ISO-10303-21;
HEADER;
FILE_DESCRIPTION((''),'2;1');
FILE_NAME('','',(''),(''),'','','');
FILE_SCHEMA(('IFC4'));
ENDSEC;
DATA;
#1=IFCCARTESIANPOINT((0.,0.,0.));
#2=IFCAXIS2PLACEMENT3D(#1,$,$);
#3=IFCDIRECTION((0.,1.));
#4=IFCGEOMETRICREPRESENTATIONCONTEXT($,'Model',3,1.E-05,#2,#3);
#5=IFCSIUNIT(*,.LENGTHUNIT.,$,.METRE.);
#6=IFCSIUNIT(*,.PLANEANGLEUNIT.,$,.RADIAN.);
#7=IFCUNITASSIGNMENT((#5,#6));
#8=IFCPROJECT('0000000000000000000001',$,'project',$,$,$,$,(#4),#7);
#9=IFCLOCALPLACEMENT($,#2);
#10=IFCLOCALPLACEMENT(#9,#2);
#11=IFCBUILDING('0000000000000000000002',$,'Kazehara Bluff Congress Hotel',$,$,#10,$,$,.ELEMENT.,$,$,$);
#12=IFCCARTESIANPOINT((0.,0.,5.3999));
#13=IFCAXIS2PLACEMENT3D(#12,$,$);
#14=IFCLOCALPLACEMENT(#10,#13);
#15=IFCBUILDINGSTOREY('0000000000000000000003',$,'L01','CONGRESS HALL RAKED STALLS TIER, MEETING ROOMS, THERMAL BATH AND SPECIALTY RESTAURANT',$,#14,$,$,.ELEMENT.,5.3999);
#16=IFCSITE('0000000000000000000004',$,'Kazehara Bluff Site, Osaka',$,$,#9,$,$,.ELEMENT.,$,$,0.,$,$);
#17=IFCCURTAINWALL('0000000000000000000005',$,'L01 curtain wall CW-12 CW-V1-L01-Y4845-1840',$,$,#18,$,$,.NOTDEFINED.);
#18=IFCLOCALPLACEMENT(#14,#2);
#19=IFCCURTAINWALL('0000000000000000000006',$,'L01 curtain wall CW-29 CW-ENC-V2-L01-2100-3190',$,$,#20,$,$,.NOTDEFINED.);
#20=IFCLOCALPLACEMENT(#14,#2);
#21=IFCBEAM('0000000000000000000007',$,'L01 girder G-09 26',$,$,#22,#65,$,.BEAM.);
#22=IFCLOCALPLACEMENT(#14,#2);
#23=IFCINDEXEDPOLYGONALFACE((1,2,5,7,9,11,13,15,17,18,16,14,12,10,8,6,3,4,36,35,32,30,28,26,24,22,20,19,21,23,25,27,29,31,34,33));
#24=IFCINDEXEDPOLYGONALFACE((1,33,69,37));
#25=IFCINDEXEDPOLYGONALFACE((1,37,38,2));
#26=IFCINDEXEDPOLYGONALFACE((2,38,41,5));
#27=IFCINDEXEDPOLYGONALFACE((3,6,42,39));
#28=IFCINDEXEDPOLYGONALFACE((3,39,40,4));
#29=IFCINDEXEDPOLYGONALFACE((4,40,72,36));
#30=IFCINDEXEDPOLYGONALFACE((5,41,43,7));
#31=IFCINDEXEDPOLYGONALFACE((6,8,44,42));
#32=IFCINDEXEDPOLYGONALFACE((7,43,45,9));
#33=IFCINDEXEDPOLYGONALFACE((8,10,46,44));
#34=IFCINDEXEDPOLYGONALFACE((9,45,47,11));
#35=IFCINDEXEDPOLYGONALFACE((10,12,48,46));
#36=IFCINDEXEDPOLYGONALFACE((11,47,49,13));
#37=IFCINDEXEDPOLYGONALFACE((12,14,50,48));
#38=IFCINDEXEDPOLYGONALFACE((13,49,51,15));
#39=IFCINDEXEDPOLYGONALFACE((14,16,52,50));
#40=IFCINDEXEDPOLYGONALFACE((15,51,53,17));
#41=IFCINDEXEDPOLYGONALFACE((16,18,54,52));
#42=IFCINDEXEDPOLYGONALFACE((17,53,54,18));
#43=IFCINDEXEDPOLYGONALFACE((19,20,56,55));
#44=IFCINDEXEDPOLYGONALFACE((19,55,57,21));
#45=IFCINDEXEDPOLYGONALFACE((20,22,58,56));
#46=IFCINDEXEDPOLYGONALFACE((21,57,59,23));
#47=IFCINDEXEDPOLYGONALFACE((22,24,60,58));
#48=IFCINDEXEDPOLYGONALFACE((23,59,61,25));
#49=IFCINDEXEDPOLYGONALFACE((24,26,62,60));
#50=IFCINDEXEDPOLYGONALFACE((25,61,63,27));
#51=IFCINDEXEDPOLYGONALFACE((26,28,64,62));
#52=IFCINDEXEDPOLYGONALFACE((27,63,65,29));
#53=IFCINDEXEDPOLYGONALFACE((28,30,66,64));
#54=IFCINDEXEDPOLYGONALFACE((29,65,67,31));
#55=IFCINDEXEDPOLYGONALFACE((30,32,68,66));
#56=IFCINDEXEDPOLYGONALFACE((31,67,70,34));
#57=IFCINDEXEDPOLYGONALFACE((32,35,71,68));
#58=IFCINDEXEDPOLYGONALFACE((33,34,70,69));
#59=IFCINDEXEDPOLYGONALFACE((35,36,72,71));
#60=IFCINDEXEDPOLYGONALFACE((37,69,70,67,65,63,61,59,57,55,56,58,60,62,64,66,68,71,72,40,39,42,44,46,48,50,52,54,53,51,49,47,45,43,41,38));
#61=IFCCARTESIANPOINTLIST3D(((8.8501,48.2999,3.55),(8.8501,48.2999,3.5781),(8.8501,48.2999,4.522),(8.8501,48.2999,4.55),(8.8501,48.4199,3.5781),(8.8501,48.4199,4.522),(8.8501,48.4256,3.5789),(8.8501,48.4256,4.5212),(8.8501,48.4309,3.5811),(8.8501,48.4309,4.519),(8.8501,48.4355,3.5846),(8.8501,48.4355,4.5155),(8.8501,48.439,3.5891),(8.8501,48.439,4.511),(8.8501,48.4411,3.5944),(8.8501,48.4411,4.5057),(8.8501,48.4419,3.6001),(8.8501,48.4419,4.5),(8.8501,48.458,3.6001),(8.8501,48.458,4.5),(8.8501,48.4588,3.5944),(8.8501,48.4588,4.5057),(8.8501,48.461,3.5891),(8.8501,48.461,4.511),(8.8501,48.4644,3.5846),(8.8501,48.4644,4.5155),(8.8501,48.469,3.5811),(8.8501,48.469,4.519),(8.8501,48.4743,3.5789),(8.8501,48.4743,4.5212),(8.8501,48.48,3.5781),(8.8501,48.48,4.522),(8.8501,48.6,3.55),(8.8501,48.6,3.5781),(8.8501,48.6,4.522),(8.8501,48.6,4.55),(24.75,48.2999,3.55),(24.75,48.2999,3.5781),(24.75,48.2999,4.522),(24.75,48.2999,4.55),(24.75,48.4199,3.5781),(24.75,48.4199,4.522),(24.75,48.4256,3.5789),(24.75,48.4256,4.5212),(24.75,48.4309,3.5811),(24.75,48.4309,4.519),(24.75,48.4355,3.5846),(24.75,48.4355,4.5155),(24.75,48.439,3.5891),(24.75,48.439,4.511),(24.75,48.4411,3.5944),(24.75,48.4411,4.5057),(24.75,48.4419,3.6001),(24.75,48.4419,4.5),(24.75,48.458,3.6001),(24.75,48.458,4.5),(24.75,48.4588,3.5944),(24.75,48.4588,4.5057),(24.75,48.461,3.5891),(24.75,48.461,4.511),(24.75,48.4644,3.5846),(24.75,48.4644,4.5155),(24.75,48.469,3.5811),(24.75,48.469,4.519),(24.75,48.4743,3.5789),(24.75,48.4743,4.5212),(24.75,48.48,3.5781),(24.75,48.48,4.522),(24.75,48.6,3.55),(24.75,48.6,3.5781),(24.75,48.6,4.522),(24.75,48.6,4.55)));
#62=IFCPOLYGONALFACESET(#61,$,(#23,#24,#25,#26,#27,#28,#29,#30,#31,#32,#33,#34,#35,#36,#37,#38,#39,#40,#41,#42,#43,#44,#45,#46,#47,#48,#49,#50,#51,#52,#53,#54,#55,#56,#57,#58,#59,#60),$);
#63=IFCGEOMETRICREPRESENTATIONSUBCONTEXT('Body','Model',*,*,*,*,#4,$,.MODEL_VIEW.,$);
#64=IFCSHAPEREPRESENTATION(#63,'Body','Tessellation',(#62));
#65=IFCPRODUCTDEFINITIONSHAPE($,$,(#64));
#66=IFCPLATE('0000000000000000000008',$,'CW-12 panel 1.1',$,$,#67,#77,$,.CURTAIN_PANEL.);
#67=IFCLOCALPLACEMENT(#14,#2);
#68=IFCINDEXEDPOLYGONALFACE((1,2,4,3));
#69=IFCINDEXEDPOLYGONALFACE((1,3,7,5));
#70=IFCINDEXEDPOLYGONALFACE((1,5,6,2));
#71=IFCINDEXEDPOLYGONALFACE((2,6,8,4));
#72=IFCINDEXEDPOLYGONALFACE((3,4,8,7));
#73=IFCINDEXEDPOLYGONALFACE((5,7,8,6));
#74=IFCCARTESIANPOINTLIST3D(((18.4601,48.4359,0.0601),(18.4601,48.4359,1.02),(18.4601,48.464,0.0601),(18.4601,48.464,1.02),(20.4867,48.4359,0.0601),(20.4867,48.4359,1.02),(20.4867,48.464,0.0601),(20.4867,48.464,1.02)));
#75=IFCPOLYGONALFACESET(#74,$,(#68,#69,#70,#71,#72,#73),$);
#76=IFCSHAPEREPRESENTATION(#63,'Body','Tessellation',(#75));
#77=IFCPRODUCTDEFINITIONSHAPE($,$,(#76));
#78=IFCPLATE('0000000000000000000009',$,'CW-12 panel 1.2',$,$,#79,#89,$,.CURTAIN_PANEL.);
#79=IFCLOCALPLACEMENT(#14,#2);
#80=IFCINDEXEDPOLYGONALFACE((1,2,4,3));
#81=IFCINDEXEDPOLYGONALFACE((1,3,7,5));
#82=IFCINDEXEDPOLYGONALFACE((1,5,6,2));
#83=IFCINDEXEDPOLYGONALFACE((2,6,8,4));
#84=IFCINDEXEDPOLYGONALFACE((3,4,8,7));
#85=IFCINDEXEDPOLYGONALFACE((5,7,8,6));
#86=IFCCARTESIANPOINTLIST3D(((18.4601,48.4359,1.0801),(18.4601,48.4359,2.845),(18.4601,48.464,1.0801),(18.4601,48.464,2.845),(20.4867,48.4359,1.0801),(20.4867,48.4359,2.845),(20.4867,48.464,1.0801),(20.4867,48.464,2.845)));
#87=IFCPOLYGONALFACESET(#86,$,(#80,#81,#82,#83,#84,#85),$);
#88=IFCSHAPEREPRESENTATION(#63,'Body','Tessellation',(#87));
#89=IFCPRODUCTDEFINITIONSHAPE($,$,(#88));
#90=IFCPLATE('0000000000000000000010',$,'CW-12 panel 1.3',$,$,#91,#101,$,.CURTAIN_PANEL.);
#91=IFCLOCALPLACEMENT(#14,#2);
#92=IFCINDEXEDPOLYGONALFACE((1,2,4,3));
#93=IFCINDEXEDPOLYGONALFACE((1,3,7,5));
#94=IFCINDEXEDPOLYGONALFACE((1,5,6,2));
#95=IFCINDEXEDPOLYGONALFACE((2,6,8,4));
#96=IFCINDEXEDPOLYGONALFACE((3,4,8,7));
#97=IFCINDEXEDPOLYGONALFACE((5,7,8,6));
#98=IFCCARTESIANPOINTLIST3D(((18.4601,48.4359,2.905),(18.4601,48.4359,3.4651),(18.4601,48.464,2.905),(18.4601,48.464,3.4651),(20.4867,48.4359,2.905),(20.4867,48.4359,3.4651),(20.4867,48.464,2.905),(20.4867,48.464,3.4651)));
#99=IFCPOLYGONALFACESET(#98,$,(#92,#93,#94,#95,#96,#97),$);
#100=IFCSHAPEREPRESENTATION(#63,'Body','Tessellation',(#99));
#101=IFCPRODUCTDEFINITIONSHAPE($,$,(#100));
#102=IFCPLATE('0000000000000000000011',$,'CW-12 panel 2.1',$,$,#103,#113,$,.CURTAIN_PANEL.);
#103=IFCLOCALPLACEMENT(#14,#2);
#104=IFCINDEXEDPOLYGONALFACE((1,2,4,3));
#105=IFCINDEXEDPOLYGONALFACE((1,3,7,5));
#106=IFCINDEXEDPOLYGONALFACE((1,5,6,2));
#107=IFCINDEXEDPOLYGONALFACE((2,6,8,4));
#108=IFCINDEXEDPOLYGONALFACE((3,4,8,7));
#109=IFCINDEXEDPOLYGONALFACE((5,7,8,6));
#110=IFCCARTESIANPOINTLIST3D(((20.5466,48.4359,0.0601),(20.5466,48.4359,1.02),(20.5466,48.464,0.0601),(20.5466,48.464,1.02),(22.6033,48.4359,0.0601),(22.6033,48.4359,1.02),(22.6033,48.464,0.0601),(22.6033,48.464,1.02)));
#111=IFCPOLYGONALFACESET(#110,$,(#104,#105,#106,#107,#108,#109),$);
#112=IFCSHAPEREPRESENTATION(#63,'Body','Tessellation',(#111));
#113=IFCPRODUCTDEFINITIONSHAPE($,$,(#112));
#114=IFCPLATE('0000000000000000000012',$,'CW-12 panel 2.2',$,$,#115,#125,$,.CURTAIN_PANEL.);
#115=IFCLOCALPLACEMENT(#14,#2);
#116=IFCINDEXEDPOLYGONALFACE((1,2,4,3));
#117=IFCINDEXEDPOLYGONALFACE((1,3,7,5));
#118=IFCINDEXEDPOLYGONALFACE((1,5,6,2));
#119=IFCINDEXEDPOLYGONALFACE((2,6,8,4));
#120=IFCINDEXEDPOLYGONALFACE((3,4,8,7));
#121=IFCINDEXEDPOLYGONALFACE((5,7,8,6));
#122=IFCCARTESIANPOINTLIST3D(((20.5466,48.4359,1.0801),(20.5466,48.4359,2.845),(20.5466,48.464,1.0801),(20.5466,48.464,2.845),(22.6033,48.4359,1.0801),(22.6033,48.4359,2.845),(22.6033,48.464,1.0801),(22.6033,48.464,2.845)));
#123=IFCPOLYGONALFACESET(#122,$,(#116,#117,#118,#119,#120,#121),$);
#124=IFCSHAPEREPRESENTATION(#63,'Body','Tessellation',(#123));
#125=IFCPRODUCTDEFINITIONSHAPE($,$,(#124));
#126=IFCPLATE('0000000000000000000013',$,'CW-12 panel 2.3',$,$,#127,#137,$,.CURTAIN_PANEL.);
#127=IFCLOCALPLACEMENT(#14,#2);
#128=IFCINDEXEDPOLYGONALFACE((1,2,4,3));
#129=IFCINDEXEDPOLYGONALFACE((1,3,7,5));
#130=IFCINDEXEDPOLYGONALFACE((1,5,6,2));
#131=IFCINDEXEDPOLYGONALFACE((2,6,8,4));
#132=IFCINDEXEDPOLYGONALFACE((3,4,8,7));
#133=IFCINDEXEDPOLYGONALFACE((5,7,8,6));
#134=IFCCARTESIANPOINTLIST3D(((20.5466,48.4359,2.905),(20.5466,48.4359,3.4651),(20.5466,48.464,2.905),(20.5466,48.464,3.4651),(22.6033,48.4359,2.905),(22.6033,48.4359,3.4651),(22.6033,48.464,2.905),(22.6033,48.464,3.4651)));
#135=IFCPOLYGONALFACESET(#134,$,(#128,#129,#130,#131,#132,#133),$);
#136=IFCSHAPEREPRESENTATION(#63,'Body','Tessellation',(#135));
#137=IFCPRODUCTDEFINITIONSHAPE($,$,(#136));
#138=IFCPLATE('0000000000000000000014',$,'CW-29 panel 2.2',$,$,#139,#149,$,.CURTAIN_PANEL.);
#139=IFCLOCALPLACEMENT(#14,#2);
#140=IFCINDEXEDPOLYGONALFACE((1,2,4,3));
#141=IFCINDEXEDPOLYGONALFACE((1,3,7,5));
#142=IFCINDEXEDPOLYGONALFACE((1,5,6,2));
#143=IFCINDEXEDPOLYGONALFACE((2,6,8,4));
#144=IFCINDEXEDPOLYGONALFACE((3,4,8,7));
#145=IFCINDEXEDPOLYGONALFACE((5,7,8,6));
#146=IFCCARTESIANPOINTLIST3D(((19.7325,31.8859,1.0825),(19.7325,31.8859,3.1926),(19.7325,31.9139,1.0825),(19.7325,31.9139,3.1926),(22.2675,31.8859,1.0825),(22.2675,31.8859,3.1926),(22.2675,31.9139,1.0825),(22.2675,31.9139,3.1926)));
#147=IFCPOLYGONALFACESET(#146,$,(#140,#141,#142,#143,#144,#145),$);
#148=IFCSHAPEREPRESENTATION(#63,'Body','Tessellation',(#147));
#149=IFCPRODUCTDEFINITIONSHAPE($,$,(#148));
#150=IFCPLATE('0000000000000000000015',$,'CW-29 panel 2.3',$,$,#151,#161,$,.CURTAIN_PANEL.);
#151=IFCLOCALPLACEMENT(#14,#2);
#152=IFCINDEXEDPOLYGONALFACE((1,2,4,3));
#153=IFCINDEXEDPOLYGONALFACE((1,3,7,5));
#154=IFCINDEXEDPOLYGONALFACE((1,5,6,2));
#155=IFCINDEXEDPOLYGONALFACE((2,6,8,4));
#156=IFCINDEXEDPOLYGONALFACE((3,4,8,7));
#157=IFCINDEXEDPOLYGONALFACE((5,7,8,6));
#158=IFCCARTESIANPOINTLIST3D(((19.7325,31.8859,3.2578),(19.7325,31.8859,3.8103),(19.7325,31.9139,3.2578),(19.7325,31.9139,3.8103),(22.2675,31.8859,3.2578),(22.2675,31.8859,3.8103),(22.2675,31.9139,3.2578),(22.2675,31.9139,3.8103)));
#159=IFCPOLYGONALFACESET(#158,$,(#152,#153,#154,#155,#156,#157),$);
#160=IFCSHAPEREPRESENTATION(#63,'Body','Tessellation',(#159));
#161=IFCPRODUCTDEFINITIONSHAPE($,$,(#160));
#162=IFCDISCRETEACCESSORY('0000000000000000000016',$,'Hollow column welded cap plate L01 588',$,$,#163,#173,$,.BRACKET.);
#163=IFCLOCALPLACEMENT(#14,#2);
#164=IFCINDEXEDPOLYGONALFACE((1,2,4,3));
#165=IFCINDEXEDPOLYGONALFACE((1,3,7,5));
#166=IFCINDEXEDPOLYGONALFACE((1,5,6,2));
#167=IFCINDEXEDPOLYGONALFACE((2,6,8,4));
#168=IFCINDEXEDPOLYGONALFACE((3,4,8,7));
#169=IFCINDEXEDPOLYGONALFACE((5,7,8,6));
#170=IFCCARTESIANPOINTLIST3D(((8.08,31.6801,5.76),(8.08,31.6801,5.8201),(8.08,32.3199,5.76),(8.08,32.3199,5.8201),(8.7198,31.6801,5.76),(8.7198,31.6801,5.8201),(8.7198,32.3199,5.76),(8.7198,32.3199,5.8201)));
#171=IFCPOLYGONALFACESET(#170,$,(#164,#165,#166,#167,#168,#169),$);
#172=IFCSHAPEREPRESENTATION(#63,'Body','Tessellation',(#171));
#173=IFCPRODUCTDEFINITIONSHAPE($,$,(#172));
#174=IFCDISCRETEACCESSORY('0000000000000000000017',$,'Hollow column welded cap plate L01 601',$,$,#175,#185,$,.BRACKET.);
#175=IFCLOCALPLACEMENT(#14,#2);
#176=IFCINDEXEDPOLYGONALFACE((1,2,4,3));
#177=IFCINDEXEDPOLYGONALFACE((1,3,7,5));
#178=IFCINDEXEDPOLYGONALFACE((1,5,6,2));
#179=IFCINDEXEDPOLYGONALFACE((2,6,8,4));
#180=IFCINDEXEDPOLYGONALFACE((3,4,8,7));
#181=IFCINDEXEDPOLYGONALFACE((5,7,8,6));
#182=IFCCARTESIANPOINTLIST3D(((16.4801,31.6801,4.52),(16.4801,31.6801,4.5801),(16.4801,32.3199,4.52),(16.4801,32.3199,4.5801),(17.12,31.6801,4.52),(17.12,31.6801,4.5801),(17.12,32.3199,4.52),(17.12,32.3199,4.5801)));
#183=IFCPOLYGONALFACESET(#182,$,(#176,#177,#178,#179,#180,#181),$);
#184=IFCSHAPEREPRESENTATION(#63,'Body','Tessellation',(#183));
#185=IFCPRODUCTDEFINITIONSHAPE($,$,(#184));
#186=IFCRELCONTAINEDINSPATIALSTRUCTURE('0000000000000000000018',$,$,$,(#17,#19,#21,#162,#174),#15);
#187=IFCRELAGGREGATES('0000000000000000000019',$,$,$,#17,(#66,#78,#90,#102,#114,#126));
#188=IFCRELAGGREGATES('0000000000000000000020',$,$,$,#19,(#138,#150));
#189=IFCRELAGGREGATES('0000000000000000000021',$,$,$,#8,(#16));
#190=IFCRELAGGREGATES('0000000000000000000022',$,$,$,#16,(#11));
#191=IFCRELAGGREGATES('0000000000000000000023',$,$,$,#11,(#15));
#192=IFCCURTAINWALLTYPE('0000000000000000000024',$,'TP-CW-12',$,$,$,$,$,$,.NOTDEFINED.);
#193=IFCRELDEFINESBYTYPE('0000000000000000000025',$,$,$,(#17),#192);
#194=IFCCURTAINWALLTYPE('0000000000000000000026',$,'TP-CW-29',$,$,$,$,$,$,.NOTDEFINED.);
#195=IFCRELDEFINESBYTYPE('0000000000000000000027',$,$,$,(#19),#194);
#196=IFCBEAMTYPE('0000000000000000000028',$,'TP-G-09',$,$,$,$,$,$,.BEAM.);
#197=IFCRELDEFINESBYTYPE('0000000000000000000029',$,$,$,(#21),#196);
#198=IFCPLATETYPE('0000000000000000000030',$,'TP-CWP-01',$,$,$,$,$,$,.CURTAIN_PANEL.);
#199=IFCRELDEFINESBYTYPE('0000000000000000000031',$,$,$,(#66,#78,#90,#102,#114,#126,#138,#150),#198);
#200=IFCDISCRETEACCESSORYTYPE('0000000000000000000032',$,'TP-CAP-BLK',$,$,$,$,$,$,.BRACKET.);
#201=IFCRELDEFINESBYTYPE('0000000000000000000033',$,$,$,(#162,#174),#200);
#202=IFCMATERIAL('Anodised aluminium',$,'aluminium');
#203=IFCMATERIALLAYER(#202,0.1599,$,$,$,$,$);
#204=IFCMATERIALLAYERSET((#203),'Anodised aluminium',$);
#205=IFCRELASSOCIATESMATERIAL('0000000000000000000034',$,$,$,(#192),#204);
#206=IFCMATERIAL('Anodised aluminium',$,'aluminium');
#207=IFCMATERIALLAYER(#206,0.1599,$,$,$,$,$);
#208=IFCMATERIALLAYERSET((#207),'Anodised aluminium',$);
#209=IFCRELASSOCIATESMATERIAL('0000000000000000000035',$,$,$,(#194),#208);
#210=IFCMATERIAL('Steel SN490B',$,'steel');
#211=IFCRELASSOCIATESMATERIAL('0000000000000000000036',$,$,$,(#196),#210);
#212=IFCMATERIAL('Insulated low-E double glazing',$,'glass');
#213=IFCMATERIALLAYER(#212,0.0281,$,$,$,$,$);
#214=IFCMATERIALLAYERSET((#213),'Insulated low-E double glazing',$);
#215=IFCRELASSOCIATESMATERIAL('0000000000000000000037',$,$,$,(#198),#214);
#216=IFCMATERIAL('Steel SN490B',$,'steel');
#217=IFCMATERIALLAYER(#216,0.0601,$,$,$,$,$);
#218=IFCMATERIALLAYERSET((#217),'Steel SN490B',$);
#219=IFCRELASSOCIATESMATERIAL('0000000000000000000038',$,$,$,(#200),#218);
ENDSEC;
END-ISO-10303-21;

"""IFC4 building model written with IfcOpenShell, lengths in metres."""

from ifc_helpers import new_model, si_unit, direction, frame, origin, origin_2d, place, context, subcontext, project, spatial, rectangle, i_section, extrude, material, layer, layer_set, material_profile, profile_set, type_object, element, aggregate, save


model = new_model("IFC4")

# Units and contexts
model_context = context("Model", 3, precision=1e-05, world=origin(), true_north=direction((0.0, 1.0)))
body_context = subcontext(model_context, "Body", "Model", "MODEL_VIEW")
ifc_project = project(units=[si_unit("LENGTHUNIT", "METRE"), si_unit("PLANEANGLEUNIT", "RADIAN")], contexts=[model_context])

# Site, building, storey
site_placement = place(None, origin())
site = spatial("IfcSite", under=ifc_project, at=site_placement, Name="Kazehara Bluff Site, Osaka", CompositionType="ELEMENT", RefElevation=0.0)
building_placement = place(site_placement, origin())
building = spatial("IfcBuilding", under=site, at=building_placement, Name="Kazehara Bluff Congress Hotel", CompositionType="ELEMENT")
storey_placement = place(building_placement, frame((0.0, 0.0, 5.3999)))
storey = spatial("IfcBuildingStorey", under=building, at=storey_placement, Name="L01", Description="CONGRESS HALL RAKED STALLS TIER, MEETING ROOMS, THERMAL BATH AND SPECIALTY RESTAURANT", CompositionType="ELEMENT", Elevation=5.3999)

# Curtain wall
ifc_material_1 = material(Name="Anodised aluminium", Category="aluminium")
ifc_layer_1 = layer(ifc_material_1, 0.1599)
ifc_layer_set_1 = layer_set([ifc_layer_1], Name="Anodised aluminium")
curtain_wall_type_1 = type_object("IfcCurtainWallType", Name="TP-CW-12", PredefinedType="NOTDEFINED", material=ifc_layer_set_1)
curtain_wall_1_placement = place(storey_placement, origin())
curtain_wall_1 = element("IfcCurtainWall", 1, at=curtain_wall_1_placement, inside=storey, type_object=curtain_wall_type_1, Name="L01 curtain wall CW-12 CW-V1-L01-Y4845-1840", PredefinedType="NOTDEFINED")

# Curtain wall
ifc_material_2 = material(Name="Anodised aluminium", Category="aluminium")
ifc_layer_2 = layer(ifc_material_2, 0.1599)
ifc_layer_set_2 = layer_set([ifc_layer_2], Name="Anodised aluminium")
curtain_wall_type_2 = type_object("IfcCurtainWallType", Name="TP-CW-29", PredefinedType="NOTDEFINED", material=ifc_layer_set_2)
curtain_wall_2_placement = place(storey_placement, origin())
curtain_wall_2 = element("IfcCurtainWall", 2, at=curtain_wall_2_placement, inside=storey, type_object=curtain_wall_type_2, Name="L01 curtain wall CW-29 CW-ENC-V2-L01-2100-3190", PredefinedType="NOTDEFINED")

# Beam
ifc_material_3 = material(Name="Steel SN490B", Category="steel")
ifc_material_profile_1 = material_profile(ifc_material_3, i_section(OverallWidth=0.3, OverallDepth=1.0, WebThickness=0.0161, FlangeThickness=0.0281, FilletRadius=0.022, at=origin_2d()))
ifc_profile_set_1 = profile_set([ifc_material_profile_1], Name="Steel SN490B")
beam_type_1 = type_object("IfcBeamType", Name="TP-G-09", PredefinedType="BEAM", material=ifc_profile_set_1)
beam_1_placement = place(storey_placement, frame((8.8501, 48.45, 4.05), z_axis=(1.0, 0.0, 0.0), x_axis=(0.0, 1.0, 0.0)))
element("IfcBeam", 3, at=beam_1_placement, inside=storey, type_object=beam_type_1, Name="L01 girder G-09 26", PredefinedType="BEAM", context=body_context, shape_type="SweptSolid", body=[
    extrude(i_section(OverallWidth=0.3, OverallDepth=1.0, WebThickness=0.0161, FlangeThickness=0.0281, FilletRadius=0.022, at=origin_2d()), origin(), (0.0, 0.0, 1.0), 15.8999),
])

# Plates
ifc_material_4 = material(Name="Insulated low-E double glazing", Category="glass")
ifc_layer_3 = layer(ifc_material_4, 0.0281)
ifc_layer_set_3 = layer_set([ifc_layer_3], Name="Insulated low-E double glazing")
plate_type = type_object("IfcPlateType", Name="TP-CWP-01", PredefinedType="CURTAIN_PANEL", material=ifc_layer_set_3)
plate_1_placement = place(storey_placement, frame((19.4734, 48.45, 0.0601), z_axis=(0.0, 0.0, 1.0), x_axis=(1.0, 0.0, 0.0)))
plate_1 = element("IfcPlate", 4, at=plate_1_placement, type_object=plate_type, Name="CW-12 panel 1.1", PredefinedType="CURTAIN_PANEL", context=body_context, shape_type="SweptSolid", body=[
    extrude(rectangle(XDim=2.0266, YDim=0.0281, at=origin_2d()), origin(), (0.0, 0.0, 1.0), 0.96),
])
plate_2_placement = place(storey_placement, frame((19.4734, 48.45, 1.0801), z_axis=(0.0, 0.0, 1.0), x_axis=(1.0, 0.0, 0.0)))
plate_2 = element("IfcPlate", 5, at=plate_2_placement, type_object=plate_type, Name="CW-12 panel 1.2", PredefinedType="CURTAIN_PANEL", context=body_context, shape_type="SweptSolid", body=[
    extrude(rectangle(XDim=2.0266, YDim=0.0281, at=origin_2d()), origin(), (0.0, 0.0, 1.0), 1.7649),
])
plate_3_placement = place(storey_placement, frame((19.4734, 48.45, 2.905), z_axis=(0.0, 0.0, 1.0), x_axis=(1.0, 0.0, 0.0)))
plate_3 = element("IfcPlate", 6, at=plate_3_placement, type_object=plate_type, Name="CW-12 panel 1.3", PredefinedType="CURTAIN_PANEL", context=body_context, shape_type="SweptSolid", body=[
    extrude(rectangle(XDim=2.0266, YDim=0.0281, at=origin_2d()), origin(), (0.0, 0.0, 1.0), 0.5601),
])
plate_4_placement = place(storey_placement, frame((21.575, 48.45, 0.0601), z_axis=(0.0, 0.0, 1.0), x_axis=(1.0, 0.0, 0.0)))
plate_4 = element("IfcPlate", 7, at=plate_4_placement, type_object=plate_type, Name="CW-12 panel 2.1", PredefinedType="CURTAIN_PANEL", context=body_context, shape_type="SweptSolid", body=[
    extrude(rectangle(XDim=2.0566, YDim=0.0281, at=origin_2d()), origin(), (0.0, 0.0, 1.0), 0.96),
])
plate_5_placement = place(storey_placement, frame((21.575, 48.45, 1.0801), z_axis=(0.0, 0.0, 1.0), x_axis=(1.0, 0.0, 0.0)))
plate_5 = element("IfcPlate", 8, at=plate_5_placement, type_object=plate_type, Name="CW-12 panel 2.2", PredefinedType="CURTAIN_PANEL", context=body_context, shape_type="SweptSolid", body=[
    extrude(rectangle(XDim=2.0566, YDim=0.0281, at=origin_2d()), origin(), (0.0, 0.0, 1.0), 1.7649),
])
plate_6_placement = place(storey_placement, frame((21.575, 48.45, 2.905), z_axis=(0.0, 0.0, 1.0), x_axis=(1.0, 0.0, 0.0)))
plate_6 = element("IfcPlate", 9, at=plate_6_placement, type_object=plate_type, Name="CW-12 panel 2.3", PredefinedType="CURTAIN_PANEL", context=body_context, shape_type="SweptSolid", body=[
    extrude(rectangle(XDim=2.0566, YDim=0.0281, at=origin_2d()), origin(), (0.0, 0.0, 1.0), 0.5601),
])
aggregate(curtain_wall_1, [plate_1, plate_2, plate_3, plate_4, plate_5, plate_6])
plate_7_placement = place(storey_placement, frame((21.0, 31.8999, 1.0825), z_axis=(0.0, 0.0, 1.0), x_axis=(1.0, 0.0, 0.0)))
plate_7 = element("IfcPlate", 10, at=plate_7_placement, type_object=plate_type, Name="CW-29 panel 2.2", PredefinedType="CURTAIN_PANEL", context=body_context, shape_type="SweptSolid", body=[
    extrude(rectangle(XDim=2.5349, YDim=0.0281, at=origin_2d()), origin(), (0.0, 0.0, 1.0), 2.1101),
])
plate_8_placement = place(storey_placement, frame((21.0, 31.8999, 3.2578), z_axis=(0.0, 0.0, 1.0), x_axis=(1.0, 0.0, 0.0)))
plate_8 = element("IfcPlate", 11, at=plate_8_placement, type_object=plate_type, Name="CW-29 panel 2.3", PredefinedType="CURTAIN_PANEL", context=body_context, shape_type="SweptSolid", body=[
    extrude(rectangle(XDim=2.5349, YDim=0.0281, at=origin_2d()), origin(), (0.0, 0.0, 1.0), 0.5525),
])
aggregate(curtain_wall_2, [plate_7, plate_8])

# Discrete accessories
ifc_material_5 = material(Name="Steel SN490B", Category="steel")
ifc_layer_4 = layer(ifc_material_5, 0.0601)
ifc_layer_set_4 = layer_set([ifc_layer_4], Name="Steel SN490B")
discrete_accessory_type = type_object("IfcDiscreteAccessoryType", Name="TP-CAP-BLK", PredefinedType="BRACKET", material=ifc_layer_set_4)
for number, where, z_axis, x_axis, name in (
    (12, (8.3999, 32.0, 5.76), (0.0, 0.0, 1.0), (1.0, 0.0, 0.0), "Hollow column welded cap plate L01 588"),
    (13, (16.8, 32.0, 4.52), (0.0, 0.0, 1.0), (1.0, 0.0, 0.0), "Hollow column welded cap plate L01 601"),
):
    element("IfcDiscreteAccessory", number, at=place(storey_placement, frame(where, z_axis=z_axis, x_axis=x_axis)), inside=storey, type_object=discrete_accessory_type, Name=name, PredefinedType="BRACKET", context=body_context, shape_type="SweptSolid", body=[
        extrude(rectangle(XDim=0.6399, YDim=0.6399, at=origin_2d()), origin(), (0.0, 0.0, 1.0), 0.0601),
    ])

save(model, "model.ifc")
